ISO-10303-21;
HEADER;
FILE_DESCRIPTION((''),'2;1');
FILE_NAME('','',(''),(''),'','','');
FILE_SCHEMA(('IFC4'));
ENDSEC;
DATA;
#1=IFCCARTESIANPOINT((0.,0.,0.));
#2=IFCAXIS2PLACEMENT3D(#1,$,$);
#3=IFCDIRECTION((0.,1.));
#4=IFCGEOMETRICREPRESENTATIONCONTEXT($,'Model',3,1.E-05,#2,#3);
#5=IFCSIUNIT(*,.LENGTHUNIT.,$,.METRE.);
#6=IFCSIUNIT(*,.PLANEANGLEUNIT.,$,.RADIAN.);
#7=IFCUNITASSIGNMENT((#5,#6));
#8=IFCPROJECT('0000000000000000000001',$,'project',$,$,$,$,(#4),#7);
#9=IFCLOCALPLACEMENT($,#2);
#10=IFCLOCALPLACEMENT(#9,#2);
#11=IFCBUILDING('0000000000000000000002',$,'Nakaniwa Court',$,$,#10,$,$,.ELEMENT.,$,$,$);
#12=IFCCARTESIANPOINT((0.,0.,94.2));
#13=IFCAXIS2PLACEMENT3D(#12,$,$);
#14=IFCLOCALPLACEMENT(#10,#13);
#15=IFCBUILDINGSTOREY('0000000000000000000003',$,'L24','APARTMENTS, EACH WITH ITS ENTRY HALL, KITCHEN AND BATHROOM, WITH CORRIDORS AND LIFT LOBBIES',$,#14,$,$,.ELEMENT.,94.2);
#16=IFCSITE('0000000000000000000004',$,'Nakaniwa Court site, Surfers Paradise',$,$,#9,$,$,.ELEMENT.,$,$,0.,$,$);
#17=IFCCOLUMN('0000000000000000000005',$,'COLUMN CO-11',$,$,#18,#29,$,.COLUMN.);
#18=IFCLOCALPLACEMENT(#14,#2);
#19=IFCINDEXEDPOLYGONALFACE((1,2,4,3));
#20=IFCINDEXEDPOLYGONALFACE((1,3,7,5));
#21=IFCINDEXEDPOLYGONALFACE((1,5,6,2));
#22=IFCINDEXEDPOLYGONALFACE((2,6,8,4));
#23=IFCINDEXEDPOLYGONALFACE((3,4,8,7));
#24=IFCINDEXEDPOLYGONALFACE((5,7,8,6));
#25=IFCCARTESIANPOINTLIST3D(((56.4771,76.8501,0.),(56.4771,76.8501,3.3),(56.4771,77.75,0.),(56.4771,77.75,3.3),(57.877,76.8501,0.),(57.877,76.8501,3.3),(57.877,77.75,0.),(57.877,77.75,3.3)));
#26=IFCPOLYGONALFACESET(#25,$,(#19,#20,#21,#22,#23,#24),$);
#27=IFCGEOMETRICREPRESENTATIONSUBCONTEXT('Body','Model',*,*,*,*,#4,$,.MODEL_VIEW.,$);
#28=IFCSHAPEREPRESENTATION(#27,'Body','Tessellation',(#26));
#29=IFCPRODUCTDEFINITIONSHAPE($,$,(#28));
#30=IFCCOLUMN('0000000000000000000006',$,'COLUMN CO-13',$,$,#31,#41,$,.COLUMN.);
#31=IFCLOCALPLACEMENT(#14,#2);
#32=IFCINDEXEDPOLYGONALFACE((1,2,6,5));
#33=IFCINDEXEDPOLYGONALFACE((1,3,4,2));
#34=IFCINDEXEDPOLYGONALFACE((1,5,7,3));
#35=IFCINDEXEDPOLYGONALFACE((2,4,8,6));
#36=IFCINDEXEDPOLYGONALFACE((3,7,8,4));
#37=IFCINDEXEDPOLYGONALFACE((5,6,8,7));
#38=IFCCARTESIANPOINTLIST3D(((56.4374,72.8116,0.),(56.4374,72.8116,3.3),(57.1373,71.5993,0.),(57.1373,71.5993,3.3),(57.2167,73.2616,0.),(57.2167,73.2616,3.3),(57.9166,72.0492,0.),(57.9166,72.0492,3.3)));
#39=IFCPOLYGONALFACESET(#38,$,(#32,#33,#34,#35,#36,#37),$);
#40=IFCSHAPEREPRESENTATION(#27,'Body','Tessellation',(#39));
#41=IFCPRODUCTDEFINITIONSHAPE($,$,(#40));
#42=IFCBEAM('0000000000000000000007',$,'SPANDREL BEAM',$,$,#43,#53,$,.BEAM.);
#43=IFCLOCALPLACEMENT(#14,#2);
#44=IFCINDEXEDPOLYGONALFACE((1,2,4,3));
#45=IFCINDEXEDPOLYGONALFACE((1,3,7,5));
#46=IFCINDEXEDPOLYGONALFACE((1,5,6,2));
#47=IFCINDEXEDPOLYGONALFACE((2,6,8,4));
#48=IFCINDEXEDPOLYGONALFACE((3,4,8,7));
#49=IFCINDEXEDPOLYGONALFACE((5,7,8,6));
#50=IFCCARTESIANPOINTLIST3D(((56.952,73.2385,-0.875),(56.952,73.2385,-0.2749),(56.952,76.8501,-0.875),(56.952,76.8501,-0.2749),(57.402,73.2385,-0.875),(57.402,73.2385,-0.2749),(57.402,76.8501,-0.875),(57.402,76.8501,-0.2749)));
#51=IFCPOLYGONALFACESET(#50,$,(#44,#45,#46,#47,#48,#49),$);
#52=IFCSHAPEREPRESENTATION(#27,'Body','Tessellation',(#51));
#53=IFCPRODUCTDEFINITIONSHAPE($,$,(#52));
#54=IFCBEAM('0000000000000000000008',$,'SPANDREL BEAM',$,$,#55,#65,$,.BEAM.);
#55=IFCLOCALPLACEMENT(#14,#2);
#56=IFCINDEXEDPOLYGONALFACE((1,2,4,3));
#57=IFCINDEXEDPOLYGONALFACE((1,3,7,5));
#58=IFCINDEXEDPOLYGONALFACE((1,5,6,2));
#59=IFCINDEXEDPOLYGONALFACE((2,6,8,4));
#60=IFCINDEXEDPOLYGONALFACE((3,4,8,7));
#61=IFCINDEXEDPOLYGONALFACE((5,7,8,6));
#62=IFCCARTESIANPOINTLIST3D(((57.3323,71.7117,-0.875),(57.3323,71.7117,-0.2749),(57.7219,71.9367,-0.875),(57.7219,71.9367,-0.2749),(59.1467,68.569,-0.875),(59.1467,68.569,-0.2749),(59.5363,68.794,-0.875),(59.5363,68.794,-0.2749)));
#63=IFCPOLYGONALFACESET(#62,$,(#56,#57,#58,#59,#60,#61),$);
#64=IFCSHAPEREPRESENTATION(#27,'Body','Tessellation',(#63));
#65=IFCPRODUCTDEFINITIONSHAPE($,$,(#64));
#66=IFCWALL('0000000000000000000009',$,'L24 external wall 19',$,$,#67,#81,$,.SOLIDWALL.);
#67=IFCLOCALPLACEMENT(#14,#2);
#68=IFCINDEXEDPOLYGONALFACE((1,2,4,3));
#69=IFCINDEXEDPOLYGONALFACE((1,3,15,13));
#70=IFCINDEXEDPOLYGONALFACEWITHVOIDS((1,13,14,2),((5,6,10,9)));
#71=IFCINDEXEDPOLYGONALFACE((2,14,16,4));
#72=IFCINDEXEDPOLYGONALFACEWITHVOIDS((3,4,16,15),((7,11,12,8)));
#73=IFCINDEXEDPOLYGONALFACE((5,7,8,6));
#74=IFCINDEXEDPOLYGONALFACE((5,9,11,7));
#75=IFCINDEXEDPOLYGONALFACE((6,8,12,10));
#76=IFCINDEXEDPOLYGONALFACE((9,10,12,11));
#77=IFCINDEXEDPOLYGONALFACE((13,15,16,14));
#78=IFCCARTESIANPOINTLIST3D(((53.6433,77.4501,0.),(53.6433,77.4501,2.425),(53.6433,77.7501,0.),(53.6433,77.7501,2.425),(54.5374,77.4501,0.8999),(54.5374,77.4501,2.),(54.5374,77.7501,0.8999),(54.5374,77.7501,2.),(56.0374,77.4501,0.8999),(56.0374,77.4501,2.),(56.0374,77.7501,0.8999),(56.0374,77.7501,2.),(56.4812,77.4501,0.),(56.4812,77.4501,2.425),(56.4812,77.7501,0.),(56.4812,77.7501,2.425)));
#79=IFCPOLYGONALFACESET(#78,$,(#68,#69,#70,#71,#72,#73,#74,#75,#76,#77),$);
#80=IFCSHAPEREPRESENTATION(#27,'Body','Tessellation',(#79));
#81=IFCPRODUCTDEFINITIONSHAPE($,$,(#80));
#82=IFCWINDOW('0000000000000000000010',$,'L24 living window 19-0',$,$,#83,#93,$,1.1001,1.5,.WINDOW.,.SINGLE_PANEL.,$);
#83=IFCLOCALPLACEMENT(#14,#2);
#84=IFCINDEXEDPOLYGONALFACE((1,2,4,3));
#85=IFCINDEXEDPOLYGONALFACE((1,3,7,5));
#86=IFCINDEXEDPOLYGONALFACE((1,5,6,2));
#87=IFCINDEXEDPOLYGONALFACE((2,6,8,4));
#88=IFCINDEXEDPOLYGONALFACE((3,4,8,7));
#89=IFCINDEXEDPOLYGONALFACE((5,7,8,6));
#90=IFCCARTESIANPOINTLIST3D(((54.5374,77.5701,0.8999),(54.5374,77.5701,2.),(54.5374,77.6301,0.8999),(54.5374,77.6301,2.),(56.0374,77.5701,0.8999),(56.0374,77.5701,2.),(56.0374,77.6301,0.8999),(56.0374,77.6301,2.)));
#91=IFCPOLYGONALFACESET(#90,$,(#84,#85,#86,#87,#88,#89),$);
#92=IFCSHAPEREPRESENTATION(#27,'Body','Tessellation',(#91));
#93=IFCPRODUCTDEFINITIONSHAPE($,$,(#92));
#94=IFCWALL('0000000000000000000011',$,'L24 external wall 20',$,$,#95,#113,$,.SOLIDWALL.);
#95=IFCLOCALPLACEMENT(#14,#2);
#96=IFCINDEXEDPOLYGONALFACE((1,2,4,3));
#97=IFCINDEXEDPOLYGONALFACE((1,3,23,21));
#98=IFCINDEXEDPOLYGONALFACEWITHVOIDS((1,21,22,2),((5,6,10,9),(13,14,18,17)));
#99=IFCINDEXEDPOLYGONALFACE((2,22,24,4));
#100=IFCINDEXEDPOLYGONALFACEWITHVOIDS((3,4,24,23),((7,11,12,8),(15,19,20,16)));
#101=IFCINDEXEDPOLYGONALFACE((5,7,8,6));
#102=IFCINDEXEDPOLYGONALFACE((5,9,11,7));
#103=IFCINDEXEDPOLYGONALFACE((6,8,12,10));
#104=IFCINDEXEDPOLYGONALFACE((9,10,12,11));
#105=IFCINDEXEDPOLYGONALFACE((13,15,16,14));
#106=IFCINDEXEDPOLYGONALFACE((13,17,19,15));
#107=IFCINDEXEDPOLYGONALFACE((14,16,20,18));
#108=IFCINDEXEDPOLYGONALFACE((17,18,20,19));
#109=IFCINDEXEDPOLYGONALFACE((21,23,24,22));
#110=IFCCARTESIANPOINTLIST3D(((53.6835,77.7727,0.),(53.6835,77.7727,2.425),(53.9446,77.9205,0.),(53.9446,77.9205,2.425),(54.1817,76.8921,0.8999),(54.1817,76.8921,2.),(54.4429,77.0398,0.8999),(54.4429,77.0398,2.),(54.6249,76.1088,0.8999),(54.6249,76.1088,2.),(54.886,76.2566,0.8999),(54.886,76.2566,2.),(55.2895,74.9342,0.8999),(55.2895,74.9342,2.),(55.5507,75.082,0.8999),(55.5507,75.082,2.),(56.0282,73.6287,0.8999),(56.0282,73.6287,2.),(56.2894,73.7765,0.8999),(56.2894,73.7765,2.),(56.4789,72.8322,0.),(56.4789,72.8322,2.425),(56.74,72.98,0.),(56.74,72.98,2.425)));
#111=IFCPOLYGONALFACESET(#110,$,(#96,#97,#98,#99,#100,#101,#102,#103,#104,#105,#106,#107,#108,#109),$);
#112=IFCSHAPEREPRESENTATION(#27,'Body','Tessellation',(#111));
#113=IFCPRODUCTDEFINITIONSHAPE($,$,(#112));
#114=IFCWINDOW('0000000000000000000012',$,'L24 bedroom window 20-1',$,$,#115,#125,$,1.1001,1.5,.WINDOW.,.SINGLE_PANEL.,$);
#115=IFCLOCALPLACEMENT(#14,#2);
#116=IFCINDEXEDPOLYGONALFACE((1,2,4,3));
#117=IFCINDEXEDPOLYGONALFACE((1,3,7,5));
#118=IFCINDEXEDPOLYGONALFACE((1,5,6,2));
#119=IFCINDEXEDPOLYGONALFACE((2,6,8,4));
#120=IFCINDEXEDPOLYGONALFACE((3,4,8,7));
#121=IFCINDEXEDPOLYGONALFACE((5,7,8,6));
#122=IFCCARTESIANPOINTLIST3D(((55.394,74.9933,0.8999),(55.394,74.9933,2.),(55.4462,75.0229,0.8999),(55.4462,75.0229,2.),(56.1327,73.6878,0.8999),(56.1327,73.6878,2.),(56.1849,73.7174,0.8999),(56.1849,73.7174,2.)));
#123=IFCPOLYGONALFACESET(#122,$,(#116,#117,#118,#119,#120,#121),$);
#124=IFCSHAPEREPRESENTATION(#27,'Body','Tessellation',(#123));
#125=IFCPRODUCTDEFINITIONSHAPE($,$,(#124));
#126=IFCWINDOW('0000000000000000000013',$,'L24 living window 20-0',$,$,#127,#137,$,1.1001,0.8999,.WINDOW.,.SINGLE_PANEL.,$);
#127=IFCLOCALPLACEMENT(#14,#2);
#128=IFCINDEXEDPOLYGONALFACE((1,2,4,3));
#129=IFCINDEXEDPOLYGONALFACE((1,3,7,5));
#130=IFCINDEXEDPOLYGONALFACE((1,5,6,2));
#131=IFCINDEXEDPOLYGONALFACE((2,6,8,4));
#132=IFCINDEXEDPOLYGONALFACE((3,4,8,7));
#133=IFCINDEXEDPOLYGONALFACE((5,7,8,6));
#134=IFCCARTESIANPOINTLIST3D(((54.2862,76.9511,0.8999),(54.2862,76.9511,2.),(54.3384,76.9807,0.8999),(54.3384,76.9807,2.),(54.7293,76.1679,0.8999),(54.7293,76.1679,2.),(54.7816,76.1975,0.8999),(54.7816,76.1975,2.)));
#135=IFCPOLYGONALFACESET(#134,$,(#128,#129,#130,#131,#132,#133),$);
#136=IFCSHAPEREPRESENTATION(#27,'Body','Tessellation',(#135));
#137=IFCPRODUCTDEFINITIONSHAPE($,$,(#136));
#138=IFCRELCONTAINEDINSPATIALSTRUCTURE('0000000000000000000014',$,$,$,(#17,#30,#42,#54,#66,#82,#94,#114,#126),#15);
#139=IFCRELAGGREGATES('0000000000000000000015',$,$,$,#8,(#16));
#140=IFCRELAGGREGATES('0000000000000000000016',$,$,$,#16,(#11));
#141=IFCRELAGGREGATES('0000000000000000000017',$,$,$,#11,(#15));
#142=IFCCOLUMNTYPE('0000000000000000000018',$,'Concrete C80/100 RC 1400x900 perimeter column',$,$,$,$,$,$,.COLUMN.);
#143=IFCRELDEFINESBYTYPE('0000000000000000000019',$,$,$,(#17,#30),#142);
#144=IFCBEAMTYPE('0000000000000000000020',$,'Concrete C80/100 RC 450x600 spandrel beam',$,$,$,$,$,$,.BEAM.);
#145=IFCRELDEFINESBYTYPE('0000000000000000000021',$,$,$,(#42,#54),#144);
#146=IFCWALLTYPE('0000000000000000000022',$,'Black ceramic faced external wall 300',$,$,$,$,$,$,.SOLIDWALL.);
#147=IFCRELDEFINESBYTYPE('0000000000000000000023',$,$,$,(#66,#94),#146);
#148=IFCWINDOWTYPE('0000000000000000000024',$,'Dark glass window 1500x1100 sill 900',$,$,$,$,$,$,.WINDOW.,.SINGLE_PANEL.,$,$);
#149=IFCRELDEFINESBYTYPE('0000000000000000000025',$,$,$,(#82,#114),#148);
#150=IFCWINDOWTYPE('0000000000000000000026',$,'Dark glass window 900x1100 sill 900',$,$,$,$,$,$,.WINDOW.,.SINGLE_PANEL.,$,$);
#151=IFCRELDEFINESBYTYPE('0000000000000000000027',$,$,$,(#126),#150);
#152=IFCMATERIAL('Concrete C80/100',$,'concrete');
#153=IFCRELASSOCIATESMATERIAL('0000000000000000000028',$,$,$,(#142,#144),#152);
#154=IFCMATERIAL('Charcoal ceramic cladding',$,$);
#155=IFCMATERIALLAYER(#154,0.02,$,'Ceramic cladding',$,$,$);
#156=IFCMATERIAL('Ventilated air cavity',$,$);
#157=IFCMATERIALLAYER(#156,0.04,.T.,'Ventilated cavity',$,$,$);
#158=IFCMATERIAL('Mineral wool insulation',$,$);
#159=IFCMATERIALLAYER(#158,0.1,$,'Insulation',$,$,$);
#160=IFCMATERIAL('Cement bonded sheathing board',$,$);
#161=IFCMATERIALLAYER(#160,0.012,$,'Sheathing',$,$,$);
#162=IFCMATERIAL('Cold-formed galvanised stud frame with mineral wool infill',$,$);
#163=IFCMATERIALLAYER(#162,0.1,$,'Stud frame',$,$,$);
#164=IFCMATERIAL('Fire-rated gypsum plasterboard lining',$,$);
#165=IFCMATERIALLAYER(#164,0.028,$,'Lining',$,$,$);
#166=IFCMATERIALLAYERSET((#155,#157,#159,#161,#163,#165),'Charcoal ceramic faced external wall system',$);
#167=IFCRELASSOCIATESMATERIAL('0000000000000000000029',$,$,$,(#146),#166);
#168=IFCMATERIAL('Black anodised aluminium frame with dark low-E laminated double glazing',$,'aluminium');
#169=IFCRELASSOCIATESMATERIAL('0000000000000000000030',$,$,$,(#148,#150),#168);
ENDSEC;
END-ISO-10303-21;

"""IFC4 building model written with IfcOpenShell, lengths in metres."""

from ifc_helpers import new_model, si_unit, direction, frame, frame_2d, origin, origin_2d, place, context, subcontext, project, spatial, rectangle, extrude, material, layer, layer_set, material_profile, profile_set, type_object, element, fill, save


model = new_model("IFC4")

# Units and contexts
model_context = context("Model", 3, precision=1e-05, world=origin(), true_north=direction((0.0, 1.0)))
body_context = subcontext(model_context, "Body", "Model", "MODEL_VIEW")
ifc_project = project(units=[si_unit("LENGTHUNIT", "METRE"), si_unit("PLANEANGLEUNIT", "RADIAN")], contexts=[model_context])

# Site, building, storey
site_placement = place(None, origin())
site = spatial("IfcSite", under=ifc_project, at=site_placement, Name="Nakaniwa Court site, Surfers Paradise", CompositionType="ELEMENT", RefElevation=0.0)
building_placement = place(site_placement, origin())
building = spatial("IfcBuilding", under=site, at=building_placement, Name="Nakaniwa Court", CompositionType="ELEMENT")
storey_placement = place(building_placement, frame((0.0, 0.0, 94.2)))
storey = spatial("IfcBuildingStorey", under=building, at=storey_placement, Name="L24", Description="APARTMENTS, EACH WITH ITS ENTRY HALL, KITCHEN AND BATHROOM, WITH CORRIDORS AND LIFT LOBBIES", CompositionType="ELEMENT", Elevation=94.2)

# Columns
ifc_material_1 = material(Name="Concrete C80/100", Category="concrete")
ifc_material_profile_1 = material_profile(ifc_material_1, rectangle(XDim=1.3999, YDim=0.8999, at=origin_2d()), Name="Concrete C80/100 RC 1400x900 perimeter column")
ifc_profile_set_1 = profile_set([ifc_material_profile_1], Name="Concrete C80/100")
column_type = type_object("IfcColumnType", Name="Concrete C80/100 RC 1400x900 perimeter column", PredefinedType="COLUMN", material=ifc_profile_set_1)
for number, where, z_axis, x_axis, name in (
    (1, (57.177, 77.3, 0.0), (0.0, 0.0, 1.0), (-1.0, 0.0, 0.0), "COLUMN CO-11"),
    (2, (57.177, 72.4304, 0.0), (0.0, 0.0, 1.0), (0.5, -0.866025, 0.0), "COLUMN CO-13"),
):
    element("IfcColumn", number, at=place(storey_placement, frame(where, z_axis=z_axis, x_axis=x_axis)), inside=storey, type_object=column_type, Name=name, PredefinedType="COLUMN", context=body_context, shape_type="SweptSolid", body=[
        extrude(rectangle(XDim=1.3999, YDim=0.8999, at=origin_2d()), origin(), (0.0, 0.0, 1.0), 3.3),
    ])

# Beams
ifc_material_profile_2 = material_profile(ifc_material_1, rectangle(XDim=0.45, YDim=0.6001, at=origin_2d()), Name="Concrete C80/100 RC 450x600 spandrel beam")
ifc_profile_set_2 = profile_set([ifc_material_profile_2], Name="Concrete C80/100")
beam_type = type_object("IfcBeamType", Name="Concrete C80/100 RC 450x600 spandrel beam", PredefinedType="BEAM", material=ifc_profile_set_2)
beam_1_placement = place(storey_placement, frame((57.177, 76.8501, -0.575), z_axis=(0.0, -1.0, 0.0), x_axis=(1.0, 0.0, 0.0)))
element("IfcBeam", 3, at=beam_1_placement, inside=storey, type_object=beam_type, Name="SPANDREL BEAM", PredefinedType="BEAM", context=body_context, shape_type="SweptSolid", body=[
    extrude(rectangle(XDim=0.45, YDim=0.6001, at=origin_2d()), origin(), (0.0, 0.0, 1.0), 3.6116),
])
beam_2_placement = place(storey_placement, frame((57.5271, 71.8242, -0.575), z_axis=(0.499988, -0.866032, 0.0), x_axis=(0.866032, 0.499988, 0.0)))
element("IfcBeam", 4, at=beam_2_placement, inside=storey, type_object=beam_type, Name="SPANDREL BEAM", PredefinedType="BEAM", context=body_context, shape_type="SweptSolid", body=[
    extrude(rectangle(XDim=0.45, YDim=0.6001, at=origin_2d()), origin(), (0.0, 0.0, 1.0), 3.6289),
])

# Wall, opening, window
ifc_material_2 = material(Name="Charcoal ceramic cladding")
ifc_layer_1 = layer(ifc_material_2, 0.02, Name="Ceramic cladding")
ifc_material_3 = material(Name="Ventilated air cavity")
ifc_layer_2 = layer(ifc_material_3, 0.04, ventilated=True, Name="Ventilated cavity")
ifc_material_4 = material(Name="Mineral wool insulation")
ifc_layer_3 = layer(ifc_material_4, 0.1, Name="Insulation")
ifc_material_5 = material(Name="Cement bonded sheathing board")
ifc_layer_4 = layer(ifc_material_5, 0.012, Name="Sheathing")
ifc_material_6 = material(Name="Cold-formed galvanised stud frame with mineral wool infill")
ifc_layer_5 = layer(ifc_material_6, 0.1, Name="Stud frame")
ifc_material_7 = material(Name="Fire-rated gypsum plasterboard lining")
ifc_layer_6 = layer(ifc_material_7, 0.028, Name="Lining")
ifc_layer_set_1 = layer_set([ifc_layer_1, ifc_layer_2, ifc_layer_3, ifc_layer_4, ifc_layer_5, ifc_layer_6], Name="Charcoal ceramic faced external wall system")
wall_type_1 = type_object("IfcWallType", Name="Black ceramic faced external wall 300", PredefinedType="SOLIDWALL", material=ifc_layer_set_1)
wall_1_placement = place(storey_placement, frame((56.4812, 77.6001, 0.0), z_axis=(0.0, 0.0, 1.0), x_axis=(-1.0, 0.0, 0.0)))
wall_1 = element("IfcWall", 5, at=wall_1_placement, inside=storey, type_object=wall_type_1, Name="L24 external wall 19", PredefinedType="SOLIDWALL", context=body_context, shape_type="SweptSolid", body=[
    extrude(rectangle(XDim=2.8379, YDim=0.3, at=frame_2d((1.4189, 0.0))), origin(), (0.0, 0.0, 1.0), 2.425),
])
opening_1_placement = place(wall_1_placement, frame((0.4438, 0.0, 0.8999)))
opening_1 = element("IfcOpeningElement", 6, at=opening_1_placement, cuts=wall_1, PredefinedType="OPENING", context=body_context, shape_type="SweptSolid", body=[
    extrude(rectangle(XDim=1.5, YDim=1.1001, at=frame_2d((0.75, 0.55))), frame((0.0, 0.1599, 0.0), z_axis=(0.0, -1.0, 0.0), x_axis=(1.0, 0.0, 0.0)), (0.0, 0.0, 1.0), 0.3201),
])
ifc_material_8 = material(Name="Black anodised aluminium frame with dark low-E laminated double glazing", Category="aluminium")
window_type_1 = type_object("IfcWindowType", Name="Dark glass window 1500x1100 sill 900", PartitioningType="SINGLE_PANEL", PredefinedType="WINDOW", material=ifc_material_8)
window_1_placement = place(opening_1_placement, origin())
window_1 = element("IfcWindow", 7, at=window_1_placement, inside=storey, type_object=window_type_1, Name="L24 living window 19-0", OverallHeight=1.1001, OverallWidth=1.5, PartitioningType="SINGLE_PANEL", PredefinedType="WINDOW", context=body_context, shape_type="SweptSolid", body=[
    extrude(rectangle(XDim=1.5, YDim=1.1001, at=frame_2d((0.75, 0.55))), frame((0.0, 0.03, 0.0), z_axis=(0.0, -1.0, 0.0), x_axis=(1.0, 0.0, 0.0)), (0.0, 0.0, 1.0), 0.0601),
])
fill(opening_1, window_1)

# Wall, openings, windows
wall_2_placement = place(storey_placement, frame((53.814, 77.8467, 0.0), z_axis=(0.0, 0.0, 1.0), x_axis=(0.492457, -0.870337, 0.0)))
wall_2 = element("IfcWall", 8, at=wall_2_placement, inside=storey, type_object=wall_type_1, Name="L24 external wall 20", PredefinedType="SOLIDWALL", context=body_context, shape_type="SweptSolid", body=[
    extrude(rectangle(XDim=5.6765, YDim=0.3, at=frame_2d((2.8384, 0.0))), origin(), (0.0, 0.0, 1.0), 2.425),
])
opening_2_placement = place(wall_2_placement, frame((1.012, 0.0, 0.8999)))
opening_2 = element("IfcOpeningElement", 9, at=opening_2_placement, cuts=wall_2, PredefinedType="OPENING", context=body_context, shape_type="SweptSolid", body=[
    extrude(rectangle(XDim=0.8999, YDim=1.1001, at=frame_2d((0.45, 0.55))), frame((0.0, 0.1599, 0.0), z_axis=(0.0, -1.0, 0.0), x_axis=(1.0, 0.0, 0.0)), (0.0, 0.0, 1.0), 0.3201),
])
opening_3_placement = place(wall_2_placement, frame((3.2615, 0.0, 0.8999)))
opening_3 = element("IfcOpeningElement", 10, at=opening_3_placement, cuts=wall_2, PredefinedType="OPENING", context=body_context, shape_type="SweptSolid", body=[
    extrude(rectangle(XDim=1.5, YDim=1.1001, at=frame_2d((0.75, 0.55))), frame((0.0, 0.1599, 0.0), z_axis=(0.0, -1.0, 0.0), x_axis=(1.0, 0.0, 0.0)), (0.0, 0.0, 1.0), 0.3201),
])
window_2_placement = place(opening_3_placement, origin())
window_2 = element("IfcWindow", 11, at=window_2_placement, inside=storey, type_object=window_type_1, Name="L24 bedroom window 20-1", OverallHeight=1.1001, OverallWidth=1.5, PartitioningType="SINGLE_PANEL", PredefinedType="WINDOW", context=body_context, shape_type="SweptSolid", body=[
    extrude(rectangle(XDim=1.5, YDim=1.1001, at=frame_2d((0.75, 0.55))), frame((0.0, 0.03, 0.0), z_axis=(0.0, -1.0, 0.0), x_axis=(1.0, 0.0, 0.0)), (0.0, 0.0, 1.0), 0.0601),
])
fill(opening_3, window_2)
window_type_2 = type_object("IfcWindowType", Name="Dark glass window 900x1100 sill 900", PartitioningType="SINGLE_PANEL", PredefinedType="WINDOW", material=ifc_material_8)
window_3_placement = place(opening_2_placement, origin())
window_3 = element("IfcWindow", 12, at=window_3_placement, inside=storey, type_object=window_type_2, Name="L24 living window 20-0", OverallHeight=1.1001, OverallWidth=0.8999, PartitioningType="SINGLE_PANEL", PredefinedType="WINDOW", context=body_context, shape_type="SweptSolid", body=[
    extrude(rectangle(XDim=0.8999, YDim=1.1001, at=frame_2d((0.45, 0.55))), frame((0.0, 0.03, 0.0), z_axis=(0.0, -1.0, 0.0), x_axis=(1.0, 0.0, 0.0)), (0.0, 0.0, 1.0), 0.0601),
])
fill(opening_2, window_3)

save(model, "model.ifc")
